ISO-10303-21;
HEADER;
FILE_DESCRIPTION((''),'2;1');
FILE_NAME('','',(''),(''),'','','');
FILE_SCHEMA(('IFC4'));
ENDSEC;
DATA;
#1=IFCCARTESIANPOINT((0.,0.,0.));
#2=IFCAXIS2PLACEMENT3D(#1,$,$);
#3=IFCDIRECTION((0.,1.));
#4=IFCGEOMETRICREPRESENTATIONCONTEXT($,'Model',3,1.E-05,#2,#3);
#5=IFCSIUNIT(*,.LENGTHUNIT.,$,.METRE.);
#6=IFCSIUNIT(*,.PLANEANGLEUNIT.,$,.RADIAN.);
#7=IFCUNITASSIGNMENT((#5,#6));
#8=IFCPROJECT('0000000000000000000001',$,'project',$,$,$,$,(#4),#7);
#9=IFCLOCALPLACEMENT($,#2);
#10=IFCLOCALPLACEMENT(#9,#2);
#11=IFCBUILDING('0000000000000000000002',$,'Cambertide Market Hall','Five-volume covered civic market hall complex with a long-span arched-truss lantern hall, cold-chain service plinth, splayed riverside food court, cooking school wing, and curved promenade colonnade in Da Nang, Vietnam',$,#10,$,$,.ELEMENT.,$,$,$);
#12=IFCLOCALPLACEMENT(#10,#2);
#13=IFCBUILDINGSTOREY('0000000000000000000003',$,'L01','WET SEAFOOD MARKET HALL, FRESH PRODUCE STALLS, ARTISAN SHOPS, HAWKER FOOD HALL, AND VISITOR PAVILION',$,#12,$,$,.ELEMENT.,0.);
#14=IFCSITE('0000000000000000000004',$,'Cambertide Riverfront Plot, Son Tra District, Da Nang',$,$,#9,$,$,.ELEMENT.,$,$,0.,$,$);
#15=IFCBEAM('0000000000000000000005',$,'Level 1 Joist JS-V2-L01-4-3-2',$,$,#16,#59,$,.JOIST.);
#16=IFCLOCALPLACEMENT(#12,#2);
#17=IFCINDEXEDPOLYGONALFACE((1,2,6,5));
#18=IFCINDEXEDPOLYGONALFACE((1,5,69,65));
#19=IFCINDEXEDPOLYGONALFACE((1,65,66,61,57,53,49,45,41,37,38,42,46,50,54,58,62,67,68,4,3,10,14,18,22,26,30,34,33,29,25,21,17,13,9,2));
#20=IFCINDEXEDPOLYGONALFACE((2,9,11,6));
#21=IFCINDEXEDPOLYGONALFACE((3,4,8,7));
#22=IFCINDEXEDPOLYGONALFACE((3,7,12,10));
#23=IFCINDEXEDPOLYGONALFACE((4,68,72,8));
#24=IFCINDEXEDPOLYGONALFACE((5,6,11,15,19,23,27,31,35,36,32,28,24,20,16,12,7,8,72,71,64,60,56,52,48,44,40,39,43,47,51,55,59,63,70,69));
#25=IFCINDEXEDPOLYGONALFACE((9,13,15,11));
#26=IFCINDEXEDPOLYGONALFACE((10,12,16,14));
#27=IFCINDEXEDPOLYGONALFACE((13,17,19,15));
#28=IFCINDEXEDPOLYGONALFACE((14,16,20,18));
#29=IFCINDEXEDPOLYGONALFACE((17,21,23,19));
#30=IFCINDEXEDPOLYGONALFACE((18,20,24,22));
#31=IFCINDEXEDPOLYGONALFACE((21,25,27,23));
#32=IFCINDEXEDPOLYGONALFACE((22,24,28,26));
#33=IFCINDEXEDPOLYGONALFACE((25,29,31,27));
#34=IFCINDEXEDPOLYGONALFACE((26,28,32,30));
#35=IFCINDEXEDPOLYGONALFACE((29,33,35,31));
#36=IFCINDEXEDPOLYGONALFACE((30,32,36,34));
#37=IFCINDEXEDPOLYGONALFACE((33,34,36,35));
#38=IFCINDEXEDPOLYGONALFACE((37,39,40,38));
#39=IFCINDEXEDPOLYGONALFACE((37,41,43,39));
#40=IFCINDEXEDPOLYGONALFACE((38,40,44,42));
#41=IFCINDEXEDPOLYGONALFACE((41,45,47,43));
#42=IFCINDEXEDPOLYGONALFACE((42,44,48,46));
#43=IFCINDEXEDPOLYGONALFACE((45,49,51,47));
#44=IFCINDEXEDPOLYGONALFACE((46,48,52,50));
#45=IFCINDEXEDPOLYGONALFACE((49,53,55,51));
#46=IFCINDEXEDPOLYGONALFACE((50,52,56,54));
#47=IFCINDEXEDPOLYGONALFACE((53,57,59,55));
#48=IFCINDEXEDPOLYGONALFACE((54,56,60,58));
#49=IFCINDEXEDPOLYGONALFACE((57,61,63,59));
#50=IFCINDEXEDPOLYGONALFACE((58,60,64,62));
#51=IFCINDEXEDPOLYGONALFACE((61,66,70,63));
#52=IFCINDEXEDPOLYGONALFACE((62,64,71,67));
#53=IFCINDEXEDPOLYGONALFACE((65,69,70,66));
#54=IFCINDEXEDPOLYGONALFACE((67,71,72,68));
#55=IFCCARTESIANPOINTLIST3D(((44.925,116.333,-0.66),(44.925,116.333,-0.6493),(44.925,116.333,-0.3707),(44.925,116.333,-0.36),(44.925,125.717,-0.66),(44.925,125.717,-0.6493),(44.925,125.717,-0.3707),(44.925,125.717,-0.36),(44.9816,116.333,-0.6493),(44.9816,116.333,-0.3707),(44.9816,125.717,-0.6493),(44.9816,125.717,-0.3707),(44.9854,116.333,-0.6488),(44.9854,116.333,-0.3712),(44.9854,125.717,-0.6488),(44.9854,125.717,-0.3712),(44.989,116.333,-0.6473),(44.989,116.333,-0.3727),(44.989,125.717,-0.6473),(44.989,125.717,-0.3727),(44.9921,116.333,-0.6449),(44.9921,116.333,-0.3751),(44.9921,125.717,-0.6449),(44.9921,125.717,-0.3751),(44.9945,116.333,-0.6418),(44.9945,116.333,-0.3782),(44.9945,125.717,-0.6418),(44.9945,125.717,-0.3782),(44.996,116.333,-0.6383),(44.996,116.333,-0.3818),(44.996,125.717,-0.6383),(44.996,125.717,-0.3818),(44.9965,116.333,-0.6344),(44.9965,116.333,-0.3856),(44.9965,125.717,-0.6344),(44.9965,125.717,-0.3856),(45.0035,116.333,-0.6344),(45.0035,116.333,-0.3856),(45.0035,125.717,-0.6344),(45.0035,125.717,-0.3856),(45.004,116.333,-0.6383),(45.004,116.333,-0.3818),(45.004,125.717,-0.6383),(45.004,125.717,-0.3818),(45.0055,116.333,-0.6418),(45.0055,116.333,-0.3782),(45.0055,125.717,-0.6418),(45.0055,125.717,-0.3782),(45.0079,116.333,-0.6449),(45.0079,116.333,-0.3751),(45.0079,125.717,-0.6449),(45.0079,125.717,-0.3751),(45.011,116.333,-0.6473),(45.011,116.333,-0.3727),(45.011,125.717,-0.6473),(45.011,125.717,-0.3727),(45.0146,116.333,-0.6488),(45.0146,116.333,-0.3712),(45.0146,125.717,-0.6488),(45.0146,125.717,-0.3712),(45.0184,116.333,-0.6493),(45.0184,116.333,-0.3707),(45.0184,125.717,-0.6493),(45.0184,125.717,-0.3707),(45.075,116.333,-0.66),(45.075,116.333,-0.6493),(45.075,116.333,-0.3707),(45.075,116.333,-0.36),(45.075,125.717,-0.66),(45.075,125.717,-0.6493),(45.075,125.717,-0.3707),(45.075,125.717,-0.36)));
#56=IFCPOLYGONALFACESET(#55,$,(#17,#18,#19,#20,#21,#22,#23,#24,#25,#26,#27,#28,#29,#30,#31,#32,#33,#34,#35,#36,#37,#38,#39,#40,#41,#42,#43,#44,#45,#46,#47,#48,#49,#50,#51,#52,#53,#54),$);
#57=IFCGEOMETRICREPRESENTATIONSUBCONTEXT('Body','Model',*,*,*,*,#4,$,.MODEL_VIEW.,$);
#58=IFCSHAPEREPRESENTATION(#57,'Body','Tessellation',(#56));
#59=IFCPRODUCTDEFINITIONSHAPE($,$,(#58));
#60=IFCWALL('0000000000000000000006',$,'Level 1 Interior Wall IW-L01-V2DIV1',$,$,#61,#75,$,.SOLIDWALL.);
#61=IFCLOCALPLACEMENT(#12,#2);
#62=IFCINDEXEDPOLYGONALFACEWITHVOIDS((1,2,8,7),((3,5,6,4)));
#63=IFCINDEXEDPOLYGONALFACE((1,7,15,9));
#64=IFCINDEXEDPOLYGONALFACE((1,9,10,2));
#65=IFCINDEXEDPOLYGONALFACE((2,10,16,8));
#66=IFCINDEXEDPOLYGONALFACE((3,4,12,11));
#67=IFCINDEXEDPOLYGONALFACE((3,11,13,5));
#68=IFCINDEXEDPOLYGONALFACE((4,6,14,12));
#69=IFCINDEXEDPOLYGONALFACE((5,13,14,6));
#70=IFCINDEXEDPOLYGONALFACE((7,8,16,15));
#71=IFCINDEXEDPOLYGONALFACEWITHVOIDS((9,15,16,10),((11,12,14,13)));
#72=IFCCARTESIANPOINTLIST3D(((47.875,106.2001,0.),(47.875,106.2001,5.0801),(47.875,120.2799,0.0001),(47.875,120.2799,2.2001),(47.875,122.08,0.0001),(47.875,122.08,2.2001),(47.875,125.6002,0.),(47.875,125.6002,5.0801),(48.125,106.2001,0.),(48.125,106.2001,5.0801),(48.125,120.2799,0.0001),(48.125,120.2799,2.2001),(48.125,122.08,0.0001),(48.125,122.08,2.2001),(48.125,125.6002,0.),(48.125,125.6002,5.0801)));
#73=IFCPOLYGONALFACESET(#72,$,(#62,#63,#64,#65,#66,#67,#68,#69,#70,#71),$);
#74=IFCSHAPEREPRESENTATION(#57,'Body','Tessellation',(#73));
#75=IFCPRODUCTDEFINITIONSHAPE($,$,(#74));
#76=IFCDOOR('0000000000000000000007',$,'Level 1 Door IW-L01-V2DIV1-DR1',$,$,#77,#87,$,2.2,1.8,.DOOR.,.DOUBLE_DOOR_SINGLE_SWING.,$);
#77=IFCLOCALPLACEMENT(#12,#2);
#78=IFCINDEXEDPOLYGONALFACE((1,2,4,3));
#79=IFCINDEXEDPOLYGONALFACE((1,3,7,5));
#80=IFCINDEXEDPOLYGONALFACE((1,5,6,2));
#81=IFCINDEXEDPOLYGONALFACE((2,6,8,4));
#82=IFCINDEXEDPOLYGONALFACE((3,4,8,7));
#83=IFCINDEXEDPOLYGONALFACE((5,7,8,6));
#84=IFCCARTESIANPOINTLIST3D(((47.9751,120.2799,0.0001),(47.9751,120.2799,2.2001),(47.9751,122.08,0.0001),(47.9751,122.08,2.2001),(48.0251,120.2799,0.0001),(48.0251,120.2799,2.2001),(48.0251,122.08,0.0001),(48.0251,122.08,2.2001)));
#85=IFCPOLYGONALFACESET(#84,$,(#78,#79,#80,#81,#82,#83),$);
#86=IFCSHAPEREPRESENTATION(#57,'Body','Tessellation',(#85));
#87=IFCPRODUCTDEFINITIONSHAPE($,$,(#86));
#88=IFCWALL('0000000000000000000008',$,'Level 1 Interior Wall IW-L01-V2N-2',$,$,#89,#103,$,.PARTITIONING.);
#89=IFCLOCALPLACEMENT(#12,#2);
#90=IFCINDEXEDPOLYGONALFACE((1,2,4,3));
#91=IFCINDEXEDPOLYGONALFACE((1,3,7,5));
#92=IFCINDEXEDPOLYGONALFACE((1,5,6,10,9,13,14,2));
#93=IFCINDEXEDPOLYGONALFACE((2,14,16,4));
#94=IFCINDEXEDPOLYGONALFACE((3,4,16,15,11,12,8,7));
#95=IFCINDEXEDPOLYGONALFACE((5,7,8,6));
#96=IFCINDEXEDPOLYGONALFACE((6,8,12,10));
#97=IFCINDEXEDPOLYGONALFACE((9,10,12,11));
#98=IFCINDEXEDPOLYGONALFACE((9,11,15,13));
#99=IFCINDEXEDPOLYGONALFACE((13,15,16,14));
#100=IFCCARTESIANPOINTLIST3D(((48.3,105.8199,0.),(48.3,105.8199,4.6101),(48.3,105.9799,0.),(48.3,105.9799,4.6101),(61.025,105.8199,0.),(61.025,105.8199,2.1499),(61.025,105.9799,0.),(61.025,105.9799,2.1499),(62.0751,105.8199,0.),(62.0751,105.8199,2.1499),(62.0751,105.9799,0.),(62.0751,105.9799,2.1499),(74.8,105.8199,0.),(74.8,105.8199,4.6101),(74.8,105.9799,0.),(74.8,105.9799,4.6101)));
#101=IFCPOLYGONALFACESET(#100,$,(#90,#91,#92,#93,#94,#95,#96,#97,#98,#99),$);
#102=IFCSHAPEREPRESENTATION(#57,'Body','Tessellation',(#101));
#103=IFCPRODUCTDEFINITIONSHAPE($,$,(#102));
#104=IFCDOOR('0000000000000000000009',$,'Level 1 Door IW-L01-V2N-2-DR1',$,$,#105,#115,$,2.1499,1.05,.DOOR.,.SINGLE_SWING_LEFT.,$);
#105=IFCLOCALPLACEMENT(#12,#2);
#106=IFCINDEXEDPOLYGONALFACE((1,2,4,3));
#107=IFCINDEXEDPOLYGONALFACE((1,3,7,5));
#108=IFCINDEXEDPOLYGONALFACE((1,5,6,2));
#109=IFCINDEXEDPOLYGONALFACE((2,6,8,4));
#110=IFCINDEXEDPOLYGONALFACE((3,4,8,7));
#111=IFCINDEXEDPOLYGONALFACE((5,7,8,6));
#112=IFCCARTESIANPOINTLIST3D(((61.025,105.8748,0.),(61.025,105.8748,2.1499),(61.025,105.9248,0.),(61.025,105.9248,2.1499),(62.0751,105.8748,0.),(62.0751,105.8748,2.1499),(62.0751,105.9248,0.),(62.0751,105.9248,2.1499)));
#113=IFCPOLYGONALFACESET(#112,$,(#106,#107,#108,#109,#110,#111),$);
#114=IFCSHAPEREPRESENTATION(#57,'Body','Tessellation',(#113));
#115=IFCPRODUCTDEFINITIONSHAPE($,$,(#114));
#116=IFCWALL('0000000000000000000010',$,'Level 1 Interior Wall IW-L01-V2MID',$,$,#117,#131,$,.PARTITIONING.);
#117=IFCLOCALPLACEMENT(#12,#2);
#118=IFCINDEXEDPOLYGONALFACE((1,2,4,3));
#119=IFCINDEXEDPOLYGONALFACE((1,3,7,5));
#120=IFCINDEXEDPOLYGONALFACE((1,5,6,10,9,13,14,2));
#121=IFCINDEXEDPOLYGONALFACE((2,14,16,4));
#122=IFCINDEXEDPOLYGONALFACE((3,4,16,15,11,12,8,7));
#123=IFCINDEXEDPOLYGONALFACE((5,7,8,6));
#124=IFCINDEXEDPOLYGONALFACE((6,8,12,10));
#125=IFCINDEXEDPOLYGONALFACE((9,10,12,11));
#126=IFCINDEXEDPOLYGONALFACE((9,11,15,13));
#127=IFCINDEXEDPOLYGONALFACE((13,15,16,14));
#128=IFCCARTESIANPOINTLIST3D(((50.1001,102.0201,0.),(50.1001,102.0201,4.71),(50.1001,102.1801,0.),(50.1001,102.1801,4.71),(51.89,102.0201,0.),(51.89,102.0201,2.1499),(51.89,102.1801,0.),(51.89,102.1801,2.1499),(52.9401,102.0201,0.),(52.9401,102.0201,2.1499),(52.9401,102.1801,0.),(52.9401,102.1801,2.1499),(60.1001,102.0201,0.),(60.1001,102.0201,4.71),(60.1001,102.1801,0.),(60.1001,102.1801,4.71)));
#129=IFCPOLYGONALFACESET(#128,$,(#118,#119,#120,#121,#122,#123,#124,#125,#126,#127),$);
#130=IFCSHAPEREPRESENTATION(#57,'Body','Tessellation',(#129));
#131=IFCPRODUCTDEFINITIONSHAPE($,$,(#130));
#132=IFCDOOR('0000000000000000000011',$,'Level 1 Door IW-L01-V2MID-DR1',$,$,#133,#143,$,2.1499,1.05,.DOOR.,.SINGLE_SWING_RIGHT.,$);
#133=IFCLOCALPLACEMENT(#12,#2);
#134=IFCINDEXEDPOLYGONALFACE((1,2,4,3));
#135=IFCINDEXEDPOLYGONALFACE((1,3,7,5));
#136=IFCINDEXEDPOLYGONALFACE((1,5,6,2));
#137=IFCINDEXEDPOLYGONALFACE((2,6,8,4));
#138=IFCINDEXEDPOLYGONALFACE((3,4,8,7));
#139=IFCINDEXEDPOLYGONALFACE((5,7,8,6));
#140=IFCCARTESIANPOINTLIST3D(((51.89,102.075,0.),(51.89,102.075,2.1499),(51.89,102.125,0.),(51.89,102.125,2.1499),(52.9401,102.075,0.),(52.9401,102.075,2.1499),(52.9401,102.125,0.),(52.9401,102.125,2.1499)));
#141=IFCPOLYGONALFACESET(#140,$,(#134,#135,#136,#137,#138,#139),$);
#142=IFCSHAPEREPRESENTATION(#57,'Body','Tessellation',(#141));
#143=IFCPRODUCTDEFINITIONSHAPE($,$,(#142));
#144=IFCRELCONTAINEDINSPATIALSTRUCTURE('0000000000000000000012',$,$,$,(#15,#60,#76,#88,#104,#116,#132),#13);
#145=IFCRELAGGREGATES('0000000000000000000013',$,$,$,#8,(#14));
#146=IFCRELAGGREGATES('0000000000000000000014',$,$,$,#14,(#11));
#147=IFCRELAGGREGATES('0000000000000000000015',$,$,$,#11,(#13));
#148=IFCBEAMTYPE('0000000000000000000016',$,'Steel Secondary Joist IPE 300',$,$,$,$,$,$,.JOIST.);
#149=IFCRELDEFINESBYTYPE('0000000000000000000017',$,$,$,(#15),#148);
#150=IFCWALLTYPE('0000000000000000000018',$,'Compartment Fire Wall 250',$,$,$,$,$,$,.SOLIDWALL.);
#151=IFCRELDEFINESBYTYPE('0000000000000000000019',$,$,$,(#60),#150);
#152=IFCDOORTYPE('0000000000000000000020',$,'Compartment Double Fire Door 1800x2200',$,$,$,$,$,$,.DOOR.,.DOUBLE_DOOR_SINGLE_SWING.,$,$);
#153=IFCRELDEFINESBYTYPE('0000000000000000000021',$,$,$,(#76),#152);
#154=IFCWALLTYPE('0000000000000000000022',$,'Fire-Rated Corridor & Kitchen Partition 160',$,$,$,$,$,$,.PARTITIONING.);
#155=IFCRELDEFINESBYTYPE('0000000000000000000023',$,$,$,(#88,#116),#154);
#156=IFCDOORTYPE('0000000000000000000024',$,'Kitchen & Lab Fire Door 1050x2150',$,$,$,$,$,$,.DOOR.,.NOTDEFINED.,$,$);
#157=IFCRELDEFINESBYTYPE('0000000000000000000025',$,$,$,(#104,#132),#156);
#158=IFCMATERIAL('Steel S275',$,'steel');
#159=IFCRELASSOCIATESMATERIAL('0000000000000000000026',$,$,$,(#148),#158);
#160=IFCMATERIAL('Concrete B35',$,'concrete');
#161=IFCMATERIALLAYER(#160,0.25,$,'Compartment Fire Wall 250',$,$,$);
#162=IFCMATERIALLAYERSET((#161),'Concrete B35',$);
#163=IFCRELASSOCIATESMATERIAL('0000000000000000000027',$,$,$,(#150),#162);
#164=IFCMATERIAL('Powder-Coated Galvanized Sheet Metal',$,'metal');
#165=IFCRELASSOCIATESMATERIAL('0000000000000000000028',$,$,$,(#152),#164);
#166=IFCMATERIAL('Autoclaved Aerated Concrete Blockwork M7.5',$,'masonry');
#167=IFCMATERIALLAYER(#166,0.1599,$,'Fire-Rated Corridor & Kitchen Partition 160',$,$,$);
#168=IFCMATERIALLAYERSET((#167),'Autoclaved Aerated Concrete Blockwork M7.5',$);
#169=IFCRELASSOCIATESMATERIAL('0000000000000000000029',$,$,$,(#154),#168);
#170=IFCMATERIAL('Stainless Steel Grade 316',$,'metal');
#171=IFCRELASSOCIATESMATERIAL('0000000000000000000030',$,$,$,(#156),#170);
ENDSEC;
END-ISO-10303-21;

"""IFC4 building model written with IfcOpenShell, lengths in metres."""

from ifc_helpers import new_model, si_unit, direction, frame, frame_2d, origin, origin_2d, place, context, subcontext, project, spatial, rectangle, i_section, extrude, material, layer, layer_set, material_profile, profile_set, type_object, element, fill, save


model = new_model("IFC4")

# Units and contexts
model_context = context("Model", 3, precision=1e-05, world=origin(), true_north=direction((0.0, 1.0)))
body_context = subcontext(model_context, "Body", "Model", "MODEL_VIEW")
ifc_project = project(units=[si_unit("LENGTHUNIT", "METRE"), si_unit("PLANEANGLEUNIT", "RADIAN")], contexts=[model_context])

# Site, building, storey
site_placement = place(None, origin())
site = spatial("IfcSite", under=ifc_project, at=site_placement, Name="Cambertide Riverfront Plot, Son Tra District, Da Nang", CompositionType="ELEMENT", RefElevation=0.0)
building_placement = place(site_placement, origin())
building = spatial("IfcBuilding", under=site, at=building_placement, Name="Cambertide Market Hall", Description="Five-volume covered civic market hall complex with a long-span arched-truss lantern hall, cold-chain service plinth, splayed riverside food court, cooking school wing, and curved promenade colonnade in Da Nang, Vietnam", CompositionType="ELEMENT")
storey_placement = place(building_placement, origin())
storey = spatial("IfcBuildingStorey", under=building, at=storey_placement, Name="L01", Description="WET SEAFOOD MARKET HALL, FRESH PRODUCE STALLS, ARTISAN SHOPS, HAWKER FOOD HALL, AND VISITOR PAVILION", CompositionType="ELEMENT", Elevation=0.0)

# Beam
ifc_material_1 = material(Name="Steel S275", Category="steel")
ifc_material_profile_1 = material_profile(ifc_material_1, i_section(OverallWidth=0.1499, OverallDepth=0.3, WebThickness=0.0071, FlangeThickness=0.0107, FilletRadius=0.0149, at=origin_2d()), Name="IPE 300")
ifc_profile_set_1 = profile_set([ifc_material_profile_1], Name="Steel S275")
beam_type_1 = type_object("IfcBeamType", Name="Steel Secondary Joist IPE 300", PredefinedType="JOIST", material=ifc_profile_set_1)
for number, where, z_axis, x_axis, name in (
    (1, (45.0, 116.333, -0.51), (0.0, 1.0, 0.0), (-1.0, 0.0, 0.0), "Level 1 Joist JS-V2-L01-4-3-2"),
):
    element("IfcBeam", number, at=place(storey_placement, frame(where, z_axis=z_axis, x_axis=x_axis)), inside=storey, type_object=beam_type_1, Name=name, PredefinedType="JOIST", context=body_context, shape_type="SweptSolid", body=[
        extrude(i_section(OverallWidth=0.1499, OverallDepth=0.3, WebThickness=0.0071, FlangeThickness=0.0107, FilletRadius=0.0149, at=origin_2d()), origin(), (0.0, 0.0, 1.0), 9.384),
    ])

# Walls, openings, doors
ifc_material_2 = material(Name="Concrete B35", Category="concrete")
ifc_layer_1 = layer(ifc_material_2, 0.25, Name="Compartment Fire Wall 250")
ifc_layer_set_1 = layer_set([ifc_layer_1], Name="Concrete B35")
wall_type_1 = type_object("IfcWallType", Name="Compartment Fire Wall 250", PredefinedType="SOLIDWALL", material=ifc_layer_set_1)
wall_1_placement = place(storey_placement, frame((48.0, 106.2, 0.0), z_axis=(0.0, 0.0, 1.0), x_axis=(0.0, 1.0, 0.0)))
wall_1 = element("IfcWall", 2, at=wall_1_placement, inside=storey, type_object=wall_type_1, Name="Level 1 Interior Wall IW-L01-V2DIV1", PredefinedType="SOLIDWALL", context=body_context, shape_type="SweptSolid", body=[
    extrude(rectangle(XDim=19.4001, YDim=0.25, at=frame_2d((9.7002, 0.0))), origin(), (0.0, 0.0, 1.0), 5.0801),
])
opening_1_placement = place(wall_1_placement, frame((14.0801, 0.0, 0.0)))
opening_1 = element("IfcOpeningElement", 3, at=opening_1_placement, cuts=wall_1, PredefinedType="OPENING", context=body_context, shape_type="SweptSolid", body=[
    extrude(rectangle(XDim=1.8, YDim=2.2, at=frame_2d((0.8999, 1.1001))), frame((0.0, 0.135, 0.0), z_axis=(0.0, -1.0, 0.0), x_axis=(1.0, 0.0, 0.0)), (0.0, 0.0, 1.0), 0.27),
])
ifc_material_3 = material(Name="Powder-Coated Galvanized Sheet Metal", Category="metal")
door_type_1 = type_object("IfcDoorType", Name="Compartment Double Fire Door 1800x2200", OperationType="DOUBLE_DOOR_SINGLE_SWING", PredefinedType="DOOR", material=ifc_material_3)
door_1_placement = place(opening_1_placement, origin())
door_1 = element("IfcDoor", 4, at=door_1_placement, inside=storey, type_object=door_type_1, Name="Level 1 Door IW-L01-V2DIV1-DR1", OperationType="DOUBLE_DOOR_SINGLE_SWING", OverallHeight=2.2, OverallWidth=1.8, PredefinedType="DOOR", context=body_context, shape_type="SweptSolid", body=[
    extrude(rectangle(XDim=1.8, YDim=2.2, at=frame_2d((0.8999, 1.1001))), frame((0.0, 0.0249, 0.0), z_axis=(0.0, -1.0, 0.0), x_axis=(1.0, 0.0, 0.0)), (0.0, 0.0, 1.0), 0.05),
])
fill(opening_1, door_1)
ifc_material_4 = material(Name="Autoclaved Aerated Concrete Blockwork M7.5", Category="masonry")
ifc_layer_2 = layer(ifc_material_4, 0.1599, Name="Fire-Rated Corridor & Kitchen Partition 160")
ifc_layer_set_2 = layer_set([ifc_layer_2], Name="Autoclaved Aerated Concrete Blockwork M7.5")
wall_type_2 = type_object("IfcWallType", Name="Fire-Rated Corridor & Kitchen Partition 160", PredefinedType="PARTITIONING", material=ifc_layer_set_2)
wall_2_placement = place(storey_placement, frame((48.3, 105.8999, 0.0), z_axis=(0.0, 0.0, 1.0), x_axis=(1.0, 0.0, 0.0)))
wall_2 = element("IfcWall", 5, at=wall_2_placement, inside=storey, type_object=wall_type_2, Name="Level 1 Interior Wall IW-L01-V2N-2", PredefinedType="PARTITIONING", context=body_context, shape_type="SweptSolid", body=[
    extrude(rectangle(XDim=26.5, YDim=0.1599, at=frame_2d((13.25, 0.0))), origin(), (0.0, 0.0, 1.0), 4.6101),
])
opening_2_placement = place(wall_2_placement, frame((12.7251, 0.0, 0.0)))
opening_2 = element("IfcOpeningElement", 6, at=opening_2_placement, cuts=wall_2, PredefinedType="OPENING", context=body_context, shape_type="SweptSolid", body=[
    extrude(rectangle(XDim=1.05, YDim=2.1499, at=frame_2d((0.5249, 1.075))), frame((0.0, 0.0898, 0.0), z_axis=(0.0, -1.0, 0.0), x_axis=(1.0, 0.0, 0.0)), (0.0, 0.0, 1.0), 0.1799),
])
ifc_material_5 = material(Name="Stainless Steel Grade 316", Category="metal")
door_type_2 = type_object("IfcDoorType", Name="Kitchen & Lab Fire Door 1050x2150", OperationType="NOTDEFINED", PredefinedType="DOOR", material=ifc_material_5)
door_2_placement = place(opening_2_placement, origin())
door_2 = element("IfcDoor", 7, at=door_2_placement, inside=storey, type_object=door_type_2, Name="Level 1 Door IW-L01-V2N-2-DR1", OperationType="SINGLE_SWING_LEFT", OverallHeight=2.1499, OverallWidth=1.05, PredefinedType="DOOR", context=body_context, shape_type="SweptSolid", body=[
    extrude(rectangle(XDim=1.05, YDim=2.1499, at=frame_2d((0.5249, 1.075))), frame((0.0, 0.0249, 0.0), z_axis=(0.0, -1.0, 0.0), x_axis=(1.0, 0.0, 0.0)), (0.0, 0.0, 1.0), 0.05),
])
fill(opening_2, door_2)
wall_3_placement = place(storey_placement, frame((50.1001, 102.1001, 0.0), z_axis=(0.0, 0.0, 1.0), x_axis=(1.0, 0.0, 0.0)))
wall_3 = element("IfcWall", 8, at=wall_3_placement, inside=storey, type_object=wall_type_2, Name="Level 1 Interior Wall IW-L01-V2MID", PredefinedType="PARTITIONING", context=body_context, shape_type="SweptSolid", body=[
    extrude(rectangle(XDim=10.0, YDim=0.1599, at=frame_2d((5.0, 0.0))), origin(), (0.0, 0.0, 1.0), 4.71),
])
opening_3_placement = place(wall_3_placement, frame((1.79, 0.0, 0.0)))
opening_3 = element("IfcOpeningElement", 9, at=opening_3_placement, cuts=wall_3, PredefinedType="OPENING", context=body_context, shape_type="SweptSolid", body=[
    extrude(rectangle(XDim=1.05, YDim=2.1499, at=frame_2d((0.5249, 1.075))), frame((0.0, 0.0898, 0.0), z_axis=(0.0, -1.0, 0.0), x_axis=(1.0, 0.0, 0.0)), (0.0, 0.0, 1.0), 0.1799),
])
door_3_placement = place(opening_3_placement, origin())
door_3 = element("IfcDoor", 10, at=door_3_placement, inside=storey, type_object=door_type_2, Name="Level 1 Door IW-L01-V2MID-DR1", OperationType="SINGLE_SWING_RIGHT", OverallHeight=2.1499, OverallWidth=1.05, PredefinedType="DOOR", context=body_context, shape_type="SweptSolid", body=[
    extrude(rectangle(XDim=1.05, YDim=2.1499, at=frame_2d((0.5249, 1.075))), frame((0.0, 0.0249, 0.0), z_axis=(0.0, -1.0, 0.0), x_axis=(1.0, 0.0, 0.0)), (0.0, 0.0, 1.0), 0.05),
])
fill(opening_3, door_3)

save(model, "model.ifc")
